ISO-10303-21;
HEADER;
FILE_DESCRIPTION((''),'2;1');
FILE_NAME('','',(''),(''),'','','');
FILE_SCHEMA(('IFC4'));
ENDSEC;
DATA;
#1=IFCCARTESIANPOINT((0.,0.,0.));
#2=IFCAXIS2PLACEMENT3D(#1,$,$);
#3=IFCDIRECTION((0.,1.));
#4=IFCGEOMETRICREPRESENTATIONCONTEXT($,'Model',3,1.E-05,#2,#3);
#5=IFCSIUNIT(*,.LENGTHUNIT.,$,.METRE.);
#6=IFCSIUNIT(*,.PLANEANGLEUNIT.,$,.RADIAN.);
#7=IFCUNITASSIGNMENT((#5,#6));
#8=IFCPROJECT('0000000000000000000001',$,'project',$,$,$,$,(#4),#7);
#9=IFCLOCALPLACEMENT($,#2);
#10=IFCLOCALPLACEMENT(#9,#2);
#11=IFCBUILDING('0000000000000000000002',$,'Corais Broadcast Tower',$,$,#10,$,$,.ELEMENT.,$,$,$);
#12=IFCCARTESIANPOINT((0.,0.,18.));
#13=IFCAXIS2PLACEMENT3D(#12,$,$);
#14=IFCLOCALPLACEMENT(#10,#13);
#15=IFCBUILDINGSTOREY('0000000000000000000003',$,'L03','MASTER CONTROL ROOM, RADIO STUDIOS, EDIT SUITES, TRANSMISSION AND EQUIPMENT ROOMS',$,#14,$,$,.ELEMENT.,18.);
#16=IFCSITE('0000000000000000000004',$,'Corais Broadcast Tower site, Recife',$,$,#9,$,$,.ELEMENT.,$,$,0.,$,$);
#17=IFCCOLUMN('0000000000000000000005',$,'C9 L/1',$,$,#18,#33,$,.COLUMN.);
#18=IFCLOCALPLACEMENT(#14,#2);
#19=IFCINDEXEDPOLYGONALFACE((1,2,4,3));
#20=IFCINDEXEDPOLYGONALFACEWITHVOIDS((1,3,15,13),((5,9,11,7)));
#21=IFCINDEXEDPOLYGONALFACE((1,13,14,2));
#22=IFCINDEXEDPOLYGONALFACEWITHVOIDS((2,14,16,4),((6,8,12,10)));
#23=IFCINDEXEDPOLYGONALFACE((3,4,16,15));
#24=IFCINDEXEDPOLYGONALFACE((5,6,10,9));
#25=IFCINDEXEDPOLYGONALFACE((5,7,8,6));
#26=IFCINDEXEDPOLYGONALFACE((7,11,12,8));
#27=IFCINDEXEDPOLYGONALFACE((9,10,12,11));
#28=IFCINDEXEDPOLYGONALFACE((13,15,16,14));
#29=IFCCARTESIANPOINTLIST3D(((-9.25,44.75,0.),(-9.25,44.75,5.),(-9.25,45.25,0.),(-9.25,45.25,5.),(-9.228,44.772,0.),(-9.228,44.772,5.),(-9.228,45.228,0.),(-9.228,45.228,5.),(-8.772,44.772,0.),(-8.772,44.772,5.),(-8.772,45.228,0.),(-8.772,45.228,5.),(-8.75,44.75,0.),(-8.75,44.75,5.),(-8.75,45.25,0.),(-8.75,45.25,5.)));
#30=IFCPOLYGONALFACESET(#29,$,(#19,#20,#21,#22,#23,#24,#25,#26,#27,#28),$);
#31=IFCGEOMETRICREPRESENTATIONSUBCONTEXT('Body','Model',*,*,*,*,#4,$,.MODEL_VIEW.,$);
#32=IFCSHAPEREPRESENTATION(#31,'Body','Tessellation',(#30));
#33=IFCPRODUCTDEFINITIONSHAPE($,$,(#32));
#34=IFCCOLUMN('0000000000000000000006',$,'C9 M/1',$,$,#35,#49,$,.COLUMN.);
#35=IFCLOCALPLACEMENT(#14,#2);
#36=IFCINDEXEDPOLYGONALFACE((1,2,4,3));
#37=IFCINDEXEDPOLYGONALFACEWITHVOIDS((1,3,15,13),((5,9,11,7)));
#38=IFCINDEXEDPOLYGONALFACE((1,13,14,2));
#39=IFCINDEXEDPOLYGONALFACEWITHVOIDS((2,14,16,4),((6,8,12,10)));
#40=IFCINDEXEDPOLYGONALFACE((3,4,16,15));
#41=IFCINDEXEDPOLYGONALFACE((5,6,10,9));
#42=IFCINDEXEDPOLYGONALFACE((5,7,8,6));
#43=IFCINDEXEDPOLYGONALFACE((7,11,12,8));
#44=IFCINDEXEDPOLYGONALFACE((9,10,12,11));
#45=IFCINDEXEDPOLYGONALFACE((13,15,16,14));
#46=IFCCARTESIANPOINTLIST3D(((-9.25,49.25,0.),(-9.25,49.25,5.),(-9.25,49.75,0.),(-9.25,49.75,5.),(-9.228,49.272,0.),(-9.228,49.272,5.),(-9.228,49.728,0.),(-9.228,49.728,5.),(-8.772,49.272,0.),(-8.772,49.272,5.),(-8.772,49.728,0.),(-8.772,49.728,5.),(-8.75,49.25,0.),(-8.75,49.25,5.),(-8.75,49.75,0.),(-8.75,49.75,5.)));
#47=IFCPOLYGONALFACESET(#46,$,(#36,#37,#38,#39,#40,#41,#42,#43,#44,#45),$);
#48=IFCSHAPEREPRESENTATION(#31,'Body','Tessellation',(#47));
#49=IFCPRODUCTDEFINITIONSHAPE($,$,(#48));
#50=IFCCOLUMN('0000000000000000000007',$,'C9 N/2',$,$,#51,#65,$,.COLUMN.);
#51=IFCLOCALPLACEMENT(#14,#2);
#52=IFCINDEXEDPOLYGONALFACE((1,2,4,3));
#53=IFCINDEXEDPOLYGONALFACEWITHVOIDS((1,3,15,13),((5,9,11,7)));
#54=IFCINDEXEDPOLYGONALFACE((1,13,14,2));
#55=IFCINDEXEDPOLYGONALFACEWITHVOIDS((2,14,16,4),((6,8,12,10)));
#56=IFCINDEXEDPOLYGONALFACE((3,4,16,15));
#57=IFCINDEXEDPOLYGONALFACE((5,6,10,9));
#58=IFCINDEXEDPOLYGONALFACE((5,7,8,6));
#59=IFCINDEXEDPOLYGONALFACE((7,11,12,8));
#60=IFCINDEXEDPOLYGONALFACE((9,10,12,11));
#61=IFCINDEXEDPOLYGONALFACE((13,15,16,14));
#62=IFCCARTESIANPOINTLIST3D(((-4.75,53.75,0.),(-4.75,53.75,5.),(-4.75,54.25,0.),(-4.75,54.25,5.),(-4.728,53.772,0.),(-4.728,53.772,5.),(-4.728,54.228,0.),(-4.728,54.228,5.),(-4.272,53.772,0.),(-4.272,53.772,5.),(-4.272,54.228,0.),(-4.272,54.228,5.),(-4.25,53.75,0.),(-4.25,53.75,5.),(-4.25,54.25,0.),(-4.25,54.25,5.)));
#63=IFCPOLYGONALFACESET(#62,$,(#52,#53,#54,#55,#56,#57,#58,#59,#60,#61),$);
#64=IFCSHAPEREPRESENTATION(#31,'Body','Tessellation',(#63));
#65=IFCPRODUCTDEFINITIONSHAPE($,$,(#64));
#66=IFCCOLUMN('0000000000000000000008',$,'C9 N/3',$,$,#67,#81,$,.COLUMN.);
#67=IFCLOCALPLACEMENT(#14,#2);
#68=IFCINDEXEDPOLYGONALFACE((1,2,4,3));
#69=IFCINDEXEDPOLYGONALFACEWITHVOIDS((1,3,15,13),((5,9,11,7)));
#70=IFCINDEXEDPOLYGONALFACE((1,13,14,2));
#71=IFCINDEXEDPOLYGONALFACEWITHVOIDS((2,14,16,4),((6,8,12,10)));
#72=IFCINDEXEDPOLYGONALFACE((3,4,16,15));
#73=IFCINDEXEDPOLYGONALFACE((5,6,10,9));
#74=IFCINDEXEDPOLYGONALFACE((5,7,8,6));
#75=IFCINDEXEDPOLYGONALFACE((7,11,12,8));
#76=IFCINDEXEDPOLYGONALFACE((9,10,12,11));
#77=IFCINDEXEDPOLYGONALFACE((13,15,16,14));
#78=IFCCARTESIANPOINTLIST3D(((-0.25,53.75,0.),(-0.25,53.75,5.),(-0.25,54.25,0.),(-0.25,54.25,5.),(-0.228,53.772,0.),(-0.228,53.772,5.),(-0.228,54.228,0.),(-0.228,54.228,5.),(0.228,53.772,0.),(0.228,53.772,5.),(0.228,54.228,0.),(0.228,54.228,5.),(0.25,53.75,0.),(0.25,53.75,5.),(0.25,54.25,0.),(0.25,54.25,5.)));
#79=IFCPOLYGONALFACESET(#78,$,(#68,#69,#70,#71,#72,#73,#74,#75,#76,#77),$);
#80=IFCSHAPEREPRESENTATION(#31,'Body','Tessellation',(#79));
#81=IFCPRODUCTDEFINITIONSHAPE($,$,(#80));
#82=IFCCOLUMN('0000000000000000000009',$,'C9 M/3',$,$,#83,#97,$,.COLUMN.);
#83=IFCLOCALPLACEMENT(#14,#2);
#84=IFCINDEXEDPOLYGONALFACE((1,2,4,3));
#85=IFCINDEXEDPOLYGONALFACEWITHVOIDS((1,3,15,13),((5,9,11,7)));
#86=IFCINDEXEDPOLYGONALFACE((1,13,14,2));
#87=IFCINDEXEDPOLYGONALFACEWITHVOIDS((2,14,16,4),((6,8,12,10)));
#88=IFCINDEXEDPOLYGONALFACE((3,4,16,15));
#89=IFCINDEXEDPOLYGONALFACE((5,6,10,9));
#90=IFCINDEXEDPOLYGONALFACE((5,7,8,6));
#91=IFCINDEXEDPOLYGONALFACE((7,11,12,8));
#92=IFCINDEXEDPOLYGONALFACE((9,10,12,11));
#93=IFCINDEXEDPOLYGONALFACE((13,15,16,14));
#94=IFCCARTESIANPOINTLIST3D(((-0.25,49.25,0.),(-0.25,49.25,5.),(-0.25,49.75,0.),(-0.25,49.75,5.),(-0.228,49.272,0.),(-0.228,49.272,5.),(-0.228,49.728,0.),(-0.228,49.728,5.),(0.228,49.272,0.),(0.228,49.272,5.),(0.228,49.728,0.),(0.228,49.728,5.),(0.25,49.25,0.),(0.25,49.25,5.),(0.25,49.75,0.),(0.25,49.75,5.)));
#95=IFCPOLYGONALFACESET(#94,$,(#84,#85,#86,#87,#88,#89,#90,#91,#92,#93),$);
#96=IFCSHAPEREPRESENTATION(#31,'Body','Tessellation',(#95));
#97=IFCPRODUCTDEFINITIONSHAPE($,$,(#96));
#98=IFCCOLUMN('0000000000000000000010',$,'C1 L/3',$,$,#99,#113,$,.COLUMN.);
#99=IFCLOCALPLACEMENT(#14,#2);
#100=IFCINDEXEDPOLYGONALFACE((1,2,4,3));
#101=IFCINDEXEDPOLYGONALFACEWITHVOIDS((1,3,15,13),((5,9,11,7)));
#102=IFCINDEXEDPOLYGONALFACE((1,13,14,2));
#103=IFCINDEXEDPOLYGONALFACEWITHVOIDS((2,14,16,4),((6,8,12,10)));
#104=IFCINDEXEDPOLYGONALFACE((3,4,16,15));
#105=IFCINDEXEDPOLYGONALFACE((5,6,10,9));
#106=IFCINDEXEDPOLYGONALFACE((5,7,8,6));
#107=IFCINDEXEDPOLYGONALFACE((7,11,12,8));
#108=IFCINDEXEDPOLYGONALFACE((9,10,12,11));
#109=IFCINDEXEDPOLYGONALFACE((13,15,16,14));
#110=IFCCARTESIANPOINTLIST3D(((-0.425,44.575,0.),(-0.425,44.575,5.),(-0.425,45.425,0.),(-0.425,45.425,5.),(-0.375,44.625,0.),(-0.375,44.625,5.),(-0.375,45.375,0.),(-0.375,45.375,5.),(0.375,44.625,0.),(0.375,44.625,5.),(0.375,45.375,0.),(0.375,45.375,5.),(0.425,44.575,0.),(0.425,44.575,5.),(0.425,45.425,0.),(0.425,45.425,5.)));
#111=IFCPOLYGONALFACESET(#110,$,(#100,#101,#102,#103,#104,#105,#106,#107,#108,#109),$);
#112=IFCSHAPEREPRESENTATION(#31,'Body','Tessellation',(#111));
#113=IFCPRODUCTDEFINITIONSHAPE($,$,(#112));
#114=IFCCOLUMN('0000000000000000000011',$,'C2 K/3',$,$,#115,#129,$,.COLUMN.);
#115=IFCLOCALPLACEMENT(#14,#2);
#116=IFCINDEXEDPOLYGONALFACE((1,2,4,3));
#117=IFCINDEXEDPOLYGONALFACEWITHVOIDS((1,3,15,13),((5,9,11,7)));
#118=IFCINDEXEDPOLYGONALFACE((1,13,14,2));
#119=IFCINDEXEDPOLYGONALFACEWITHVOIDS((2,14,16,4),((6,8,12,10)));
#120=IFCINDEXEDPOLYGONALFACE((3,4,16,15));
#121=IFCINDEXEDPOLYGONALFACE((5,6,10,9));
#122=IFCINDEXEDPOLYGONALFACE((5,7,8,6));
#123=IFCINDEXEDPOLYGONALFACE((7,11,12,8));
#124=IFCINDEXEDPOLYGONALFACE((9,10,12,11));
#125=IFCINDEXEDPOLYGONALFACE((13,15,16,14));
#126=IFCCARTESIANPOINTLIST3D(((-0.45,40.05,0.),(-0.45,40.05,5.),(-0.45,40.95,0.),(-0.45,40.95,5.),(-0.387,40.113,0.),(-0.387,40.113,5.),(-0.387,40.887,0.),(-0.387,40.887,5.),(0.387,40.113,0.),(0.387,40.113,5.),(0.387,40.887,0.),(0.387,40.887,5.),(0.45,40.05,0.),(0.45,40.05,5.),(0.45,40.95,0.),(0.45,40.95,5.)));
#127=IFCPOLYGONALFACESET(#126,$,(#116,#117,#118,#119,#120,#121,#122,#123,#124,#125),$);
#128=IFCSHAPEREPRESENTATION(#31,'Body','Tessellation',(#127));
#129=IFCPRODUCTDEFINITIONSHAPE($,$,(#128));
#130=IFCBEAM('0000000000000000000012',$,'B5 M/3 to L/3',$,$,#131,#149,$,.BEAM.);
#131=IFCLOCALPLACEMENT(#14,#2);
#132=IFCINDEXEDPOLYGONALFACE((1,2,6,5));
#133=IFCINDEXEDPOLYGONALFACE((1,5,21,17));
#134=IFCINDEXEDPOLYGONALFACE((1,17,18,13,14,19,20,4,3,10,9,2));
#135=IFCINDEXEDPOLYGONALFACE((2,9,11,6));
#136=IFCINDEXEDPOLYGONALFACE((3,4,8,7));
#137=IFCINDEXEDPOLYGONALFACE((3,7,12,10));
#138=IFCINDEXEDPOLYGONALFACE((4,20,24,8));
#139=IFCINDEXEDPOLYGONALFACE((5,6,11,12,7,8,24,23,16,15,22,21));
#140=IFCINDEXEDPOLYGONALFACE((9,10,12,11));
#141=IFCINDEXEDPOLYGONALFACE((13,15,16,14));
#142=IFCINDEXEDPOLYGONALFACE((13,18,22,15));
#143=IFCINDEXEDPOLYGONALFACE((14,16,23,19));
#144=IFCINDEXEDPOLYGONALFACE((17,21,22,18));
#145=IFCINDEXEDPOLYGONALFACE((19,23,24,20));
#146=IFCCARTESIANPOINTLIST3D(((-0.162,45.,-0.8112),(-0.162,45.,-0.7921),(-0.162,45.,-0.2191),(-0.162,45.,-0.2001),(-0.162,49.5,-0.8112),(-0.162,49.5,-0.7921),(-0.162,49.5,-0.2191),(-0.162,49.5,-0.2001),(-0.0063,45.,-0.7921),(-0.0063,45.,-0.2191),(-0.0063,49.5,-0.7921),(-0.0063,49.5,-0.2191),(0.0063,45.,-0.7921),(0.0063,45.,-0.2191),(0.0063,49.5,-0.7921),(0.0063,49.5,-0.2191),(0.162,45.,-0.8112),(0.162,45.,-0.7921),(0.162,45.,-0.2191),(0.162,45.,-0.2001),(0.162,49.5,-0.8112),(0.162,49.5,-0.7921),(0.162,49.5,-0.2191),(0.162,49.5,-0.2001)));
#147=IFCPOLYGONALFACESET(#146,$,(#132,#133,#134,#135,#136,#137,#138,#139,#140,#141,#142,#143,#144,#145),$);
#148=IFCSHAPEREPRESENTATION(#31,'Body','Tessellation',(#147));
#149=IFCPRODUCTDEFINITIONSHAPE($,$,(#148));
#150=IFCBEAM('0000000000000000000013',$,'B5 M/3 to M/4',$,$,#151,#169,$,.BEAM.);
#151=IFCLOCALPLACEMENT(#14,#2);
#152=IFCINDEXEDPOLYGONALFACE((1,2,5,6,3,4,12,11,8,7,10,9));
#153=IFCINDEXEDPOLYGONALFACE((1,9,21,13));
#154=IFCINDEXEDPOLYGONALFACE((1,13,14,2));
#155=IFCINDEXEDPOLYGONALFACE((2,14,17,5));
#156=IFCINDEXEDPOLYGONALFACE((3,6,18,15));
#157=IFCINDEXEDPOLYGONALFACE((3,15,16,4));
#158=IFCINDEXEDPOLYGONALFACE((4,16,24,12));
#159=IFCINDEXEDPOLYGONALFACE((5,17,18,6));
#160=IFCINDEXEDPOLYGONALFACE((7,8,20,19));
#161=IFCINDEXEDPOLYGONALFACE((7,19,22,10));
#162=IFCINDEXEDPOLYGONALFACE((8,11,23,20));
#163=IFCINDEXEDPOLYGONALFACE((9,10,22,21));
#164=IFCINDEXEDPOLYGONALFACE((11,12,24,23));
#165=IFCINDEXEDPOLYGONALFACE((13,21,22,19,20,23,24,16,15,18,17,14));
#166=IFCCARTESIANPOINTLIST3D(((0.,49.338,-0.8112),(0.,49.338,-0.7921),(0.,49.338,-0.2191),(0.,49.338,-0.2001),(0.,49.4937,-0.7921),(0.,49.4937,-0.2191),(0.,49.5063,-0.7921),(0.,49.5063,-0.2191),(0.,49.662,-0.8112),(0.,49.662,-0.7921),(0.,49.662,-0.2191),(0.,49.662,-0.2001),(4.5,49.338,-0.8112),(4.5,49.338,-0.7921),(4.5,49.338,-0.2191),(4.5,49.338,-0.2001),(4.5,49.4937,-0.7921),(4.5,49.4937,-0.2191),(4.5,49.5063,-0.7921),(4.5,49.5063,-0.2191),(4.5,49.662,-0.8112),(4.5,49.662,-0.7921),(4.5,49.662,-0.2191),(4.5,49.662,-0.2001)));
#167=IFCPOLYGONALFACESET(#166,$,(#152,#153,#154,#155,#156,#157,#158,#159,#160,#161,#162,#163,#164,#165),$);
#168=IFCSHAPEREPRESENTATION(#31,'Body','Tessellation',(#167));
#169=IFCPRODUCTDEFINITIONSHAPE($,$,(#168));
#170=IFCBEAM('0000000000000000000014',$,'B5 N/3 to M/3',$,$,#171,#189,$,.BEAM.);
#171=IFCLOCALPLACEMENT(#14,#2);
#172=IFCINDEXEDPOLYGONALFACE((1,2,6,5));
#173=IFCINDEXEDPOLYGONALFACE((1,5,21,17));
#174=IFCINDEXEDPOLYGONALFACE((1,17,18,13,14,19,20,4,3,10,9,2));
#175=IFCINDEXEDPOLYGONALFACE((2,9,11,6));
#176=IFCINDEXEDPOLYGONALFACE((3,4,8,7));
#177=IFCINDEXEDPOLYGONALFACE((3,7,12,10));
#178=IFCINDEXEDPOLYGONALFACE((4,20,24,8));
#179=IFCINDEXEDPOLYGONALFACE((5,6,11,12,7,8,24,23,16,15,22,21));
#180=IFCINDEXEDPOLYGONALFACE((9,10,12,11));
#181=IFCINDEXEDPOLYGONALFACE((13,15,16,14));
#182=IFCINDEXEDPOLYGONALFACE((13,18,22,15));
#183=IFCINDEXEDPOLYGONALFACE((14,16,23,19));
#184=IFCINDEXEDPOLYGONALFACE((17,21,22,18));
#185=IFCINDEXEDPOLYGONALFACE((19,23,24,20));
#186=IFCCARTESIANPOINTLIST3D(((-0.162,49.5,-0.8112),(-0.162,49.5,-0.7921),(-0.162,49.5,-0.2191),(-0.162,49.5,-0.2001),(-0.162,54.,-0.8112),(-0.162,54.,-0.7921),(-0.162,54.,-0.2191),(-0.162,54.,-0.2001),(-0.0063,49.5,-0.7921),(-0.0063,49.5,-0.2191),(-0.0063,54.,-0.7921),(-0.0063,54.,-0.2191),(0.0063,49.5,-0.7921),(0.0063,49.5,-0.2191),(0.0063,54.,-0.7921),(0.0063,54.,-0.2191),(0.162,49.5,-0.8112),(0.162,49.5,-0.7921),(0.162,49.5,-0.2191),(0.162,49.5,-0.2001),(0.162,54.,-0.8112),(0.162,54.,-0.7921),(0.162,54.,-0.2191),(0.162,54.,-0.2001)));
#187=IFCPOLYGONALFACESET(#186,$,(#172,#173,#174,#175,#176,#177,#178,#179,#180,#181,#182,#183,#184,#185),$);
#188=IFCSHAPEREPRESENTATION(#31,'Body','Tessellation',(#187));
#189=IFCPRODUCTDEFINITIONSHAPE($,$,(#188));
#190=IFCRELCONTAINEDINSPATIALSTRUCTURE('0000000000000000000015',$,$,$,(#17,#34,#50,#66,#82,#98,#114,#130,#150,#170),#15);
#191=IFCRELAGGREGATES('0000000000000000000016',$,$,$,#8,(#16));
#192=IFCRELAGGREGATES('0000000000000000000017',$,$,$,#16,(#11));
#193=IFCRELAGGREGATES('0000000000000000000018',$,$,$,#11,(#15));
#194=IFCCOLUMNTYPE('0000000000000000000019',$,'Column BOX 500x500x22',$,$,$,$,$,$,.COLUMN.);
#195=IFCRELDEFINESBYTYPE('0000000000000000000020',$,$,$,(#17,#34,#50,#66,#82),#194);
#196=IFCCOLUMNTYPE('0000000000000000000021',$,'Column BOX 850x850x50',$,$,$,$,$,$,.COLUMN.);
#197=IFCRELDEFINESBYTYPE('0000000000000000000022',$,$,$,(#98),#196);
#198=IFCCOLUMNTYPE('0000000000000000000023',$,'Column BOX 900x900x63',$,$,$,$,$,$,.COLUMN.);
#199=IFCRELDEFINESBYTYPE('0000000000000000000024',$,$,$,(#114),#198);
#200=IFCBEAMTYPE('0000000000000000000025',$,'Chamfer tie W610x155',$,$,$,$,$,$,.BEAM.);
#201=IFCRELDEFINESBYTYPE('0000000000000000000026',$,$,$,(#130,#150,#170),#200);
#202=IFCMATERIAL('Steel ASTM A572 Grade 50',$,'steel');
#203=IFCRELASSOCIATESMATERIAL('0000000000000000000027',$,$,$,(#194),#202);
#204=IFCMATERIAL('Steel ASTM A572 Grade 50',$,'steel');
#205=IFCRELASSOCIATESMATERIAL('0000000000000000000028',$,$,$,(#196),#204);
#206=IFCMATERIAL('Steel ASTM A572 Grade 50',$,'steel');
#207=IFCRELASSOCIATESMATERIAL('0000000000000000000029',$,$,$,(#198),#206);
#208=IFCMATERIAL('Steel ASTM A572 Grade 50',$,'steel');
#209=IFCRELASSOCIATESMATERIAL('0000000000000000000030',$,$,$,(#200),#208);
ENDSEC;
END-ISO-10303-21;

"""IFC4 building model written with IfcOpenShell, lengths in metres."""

from ifc_helpers import new_model, si_unit, direction, frame, origin, origin_2d, place, context, subcontext, project, spatial, hollow_rectangle, i_section, extrude, material, material_profile, profile_set, type_object, element, save


model = new_model("IFC4")

# Units and contexts
model_context = context("Model", 3, precision=1e-05, world=origin(), true_north=direction((0.0, 1.0)))
body_context = subcontext(model_context, "Body", "Model", "MODEL_VIEW")
ifc_project = project(units=[si_unit("LENGTHUNIT", "METRE"), si_unit("PLANEANGLEUNIT", "RADIAN")], contexts=[model_context])

# Site, building, storey
site_placement = place(None, origin())
site = spatial("IfcSite", under=ifc_project, at=site_placement, Name="Corais Broadcast Tower site, Recife", CompositionType="ELEMENT", RefElevation=0.0)
building_placement = place(site_placement, origin())
building = spatial("IfcBuilding", under=site, at=building_placement, Name="Corais Broadcast Tower", CompositionType="ELEMENT")
storey_placement = place(building_placement, frame((0.0, 0.0, 18.0)))
storey = spatial("IfcBuildingStorey", under=building, at=storey_placement, Name="L03", Description="MASTER CONTROL ROOM, RADIO STUDIOS, EDIT SUITES, TRANSMISSION AND EQUIPMENT ROOMS", CompositionType="ELEMENT", Elevation=18.0)

# Columns
ifc_material_1 = material(Name="Steel ASTM A572 Grade 50", Category="steel")
ifc_material_profile_1 = material_profile(ifc_material_1, hollow_rectangle(XDim=0.5, YDim=0.5, WallThickness=0.022, at=origin_2d()), Name="BOX 500x500x22")
ifc_profile_set_1 = profile_set([ifc_material_profile_1], Name="Steel ASTM A572 Grade 50")
column_type_1 = type_object("IfcColumnType", Name="Column BOX 500x500x22", PredefinedType="COLUMN", material=ifc_profile_set_1)
for number, where, z_axis, x_axis, name in (
    (1, (-9.0, 45.0, 0.0), (0.0, 0.0, 1.0), (1.0, 0.0, 0.0), "C9 L/1"),
    (2, (-9.0, 49.5, 0.0), (0.0, 0.0, 1.0), (1.0, 0.0, 0.0), "C9 M/1"),
    (3, (-4.5, 54.0, 0.0), (0.0, 0.0, 1.0), (1.0, 0.0, 0.0), "C9 N/2"),
    (4, (0.0, 54.0, 0.0), (0.0, 0.0, 1.0), (1.0, 0.0, 0.0), "C9 N/3"),
    (5, (0.0, 49.5, 0.0), (0.0, 0.0, 1.0), (1.0, 0.0, 0.0), "C9 M/3"),
):
    element("IfcColumn", number, at=place(storey_placement, frame(where, z_axis=z_axis, x_axis=x_axis)), inside=storey, type_object=column_type_1, Name=name, PredefinedType="COLUMN", context=body_context, shape_type="SweptSolid", body=[
        extrude(hollow_rectangle(XDim=0.5, YDim=0.5, WallThickness=0.022, at=origin_2d()), origin(), (0.0, 0.0, 1.0), 5.0),
    ])
ifc_material_2 = material(Name="Steel ASTM A572 Grade 50", Category="steel")
ifc_material_profile_2 = material_profile(ifc_material_2, hollow_rectangle(XDim=0.8501, YDim=0.8501, WallThickness=0.05, at=origin_2d()), Name="BOX 850x850x50")
ifc_profile_set_2 = profile_set([ifc_material_profile_2], Name="Steel ASTM A572 Grade 50")
column_type_2 = type_object("IfcColumnType", Name="Column BOX 850x850x50", PredefinedType="COLUMN", material=ifc_profile_set_2)
column_1_placement = place(storey_placement, frame((0.0, 45.0, 0.0), z_axis=(0.0, 0.0, 1.0), x_axis=(1.0, 0.0, 0.0)))
element("IfcColumn", 6, at=column_1_placement, inside=storey, type_object=column_type_2, Name="C1 L/3", PredefinedType="COLUMN", context=body_context, shape_type="SweptSolid", body=[
    extrude(hollow_rectangle(XDim=0.8501, YDim=0.8501, WallThickness=0.05, at=origin_2d()), origin(), (0.0, 0.0, 1.0), 5.0),
])
ifc_material_3 = material(Name="Steel ASTM A572 Grade 50", Category="steel")
ifc_material_profile_3 = material_profile(ifc_material_3, hollow_rectangle(XDim=0.8999, YDim=0.8999, WallThickness=0.063, at=origin_2d()), Name="BOX 900x900x63")
ifc_profile_set_3 = profile_set([ifc_material_profile_3], Name="Steel ASTM A572 Grade 50")
column_type_3 = type_object("IfcColumnType", Name="Column BOX 900x900x63", PredefinedType="COLUMN", material=ifc_profile_set_3)
column_2_placement = place(storey_placement, frame((0.0, 40.5, 0.0), z_axis=(0.0, 0.0, 1.0), x_axis=(1.0, 0.0, 0.0)))
element("IfcColumn", 7, at=column_2_placement, inside=storey, type_object=column_type_3, Name="C2 K/3", PredefinedType="COLUMN", context=body_context, shape_type="SweptSolid", body=[
    extrude(hollow_rectangle(XDim=0.8999, YDim=0.8999, WallThickness=0.063, at=origin_2d()), origin(), (0.0, 0.0, 1.0), 5.0),
])

# Beams
ifc_material_4 = material(Name="Steel ASTM A572 Grade 50", Category="steel")
ifc_material_profile_4 = material_profile(ifc_material_4, i_section(OverallWidth=0.324, OverallDepth=0.6111, WebThickness=0.0127, FlangeThickness=0.019, at=origin_2d()), Name="W610x155")
ifc_profile_set_4 = profile_set([ifc_material_profile_4], Name="Steel ASTM A572 Grade 50")
beam_type_1 = type_object("IfcBeamType", Name="Chamfer tie W610x155", PredefinedType="BEAM", material=ifc_profile_set_4)
for number, where, z_axis, x_axis, name in (
    (8, (0.0, 49.5, -0.5056), (0.0, -1.0, 0.0), (1.0, 0.0, 0.0), "B5 M/3 to L/3"),
    (9, (0.0, 49.5, -0.5056), (1.0, 0.0, 0.0), (0.0, 1.0, 0.0), "B5 M/3 to M/4"),
    (10, (0.0, 54.0, -0.5056), (0.0, -1.0, 0.0), (1.0, 0.0, 0.0), "B5 N/3 to M/3"),
):
    element("IfcBeam", number, at=place(storey_placement, frame(where, z_axis=z_axis, x_axis=x_axis)), inside=storey, type_object=beam_type_1, Name=name, PredefinedType="BEAM", context=body_context, shape_type="SweptSolid", body=[
        extrude(i_section(OverallWidth=0.324, OverallDepth=0.6111, WebThickness=0.0127, FlangeThickness=0.019, at=origin_2d()), origin(), (0.0, 0.0, 1.0), 4.5),
    ])

save(model, "model.ifc")
